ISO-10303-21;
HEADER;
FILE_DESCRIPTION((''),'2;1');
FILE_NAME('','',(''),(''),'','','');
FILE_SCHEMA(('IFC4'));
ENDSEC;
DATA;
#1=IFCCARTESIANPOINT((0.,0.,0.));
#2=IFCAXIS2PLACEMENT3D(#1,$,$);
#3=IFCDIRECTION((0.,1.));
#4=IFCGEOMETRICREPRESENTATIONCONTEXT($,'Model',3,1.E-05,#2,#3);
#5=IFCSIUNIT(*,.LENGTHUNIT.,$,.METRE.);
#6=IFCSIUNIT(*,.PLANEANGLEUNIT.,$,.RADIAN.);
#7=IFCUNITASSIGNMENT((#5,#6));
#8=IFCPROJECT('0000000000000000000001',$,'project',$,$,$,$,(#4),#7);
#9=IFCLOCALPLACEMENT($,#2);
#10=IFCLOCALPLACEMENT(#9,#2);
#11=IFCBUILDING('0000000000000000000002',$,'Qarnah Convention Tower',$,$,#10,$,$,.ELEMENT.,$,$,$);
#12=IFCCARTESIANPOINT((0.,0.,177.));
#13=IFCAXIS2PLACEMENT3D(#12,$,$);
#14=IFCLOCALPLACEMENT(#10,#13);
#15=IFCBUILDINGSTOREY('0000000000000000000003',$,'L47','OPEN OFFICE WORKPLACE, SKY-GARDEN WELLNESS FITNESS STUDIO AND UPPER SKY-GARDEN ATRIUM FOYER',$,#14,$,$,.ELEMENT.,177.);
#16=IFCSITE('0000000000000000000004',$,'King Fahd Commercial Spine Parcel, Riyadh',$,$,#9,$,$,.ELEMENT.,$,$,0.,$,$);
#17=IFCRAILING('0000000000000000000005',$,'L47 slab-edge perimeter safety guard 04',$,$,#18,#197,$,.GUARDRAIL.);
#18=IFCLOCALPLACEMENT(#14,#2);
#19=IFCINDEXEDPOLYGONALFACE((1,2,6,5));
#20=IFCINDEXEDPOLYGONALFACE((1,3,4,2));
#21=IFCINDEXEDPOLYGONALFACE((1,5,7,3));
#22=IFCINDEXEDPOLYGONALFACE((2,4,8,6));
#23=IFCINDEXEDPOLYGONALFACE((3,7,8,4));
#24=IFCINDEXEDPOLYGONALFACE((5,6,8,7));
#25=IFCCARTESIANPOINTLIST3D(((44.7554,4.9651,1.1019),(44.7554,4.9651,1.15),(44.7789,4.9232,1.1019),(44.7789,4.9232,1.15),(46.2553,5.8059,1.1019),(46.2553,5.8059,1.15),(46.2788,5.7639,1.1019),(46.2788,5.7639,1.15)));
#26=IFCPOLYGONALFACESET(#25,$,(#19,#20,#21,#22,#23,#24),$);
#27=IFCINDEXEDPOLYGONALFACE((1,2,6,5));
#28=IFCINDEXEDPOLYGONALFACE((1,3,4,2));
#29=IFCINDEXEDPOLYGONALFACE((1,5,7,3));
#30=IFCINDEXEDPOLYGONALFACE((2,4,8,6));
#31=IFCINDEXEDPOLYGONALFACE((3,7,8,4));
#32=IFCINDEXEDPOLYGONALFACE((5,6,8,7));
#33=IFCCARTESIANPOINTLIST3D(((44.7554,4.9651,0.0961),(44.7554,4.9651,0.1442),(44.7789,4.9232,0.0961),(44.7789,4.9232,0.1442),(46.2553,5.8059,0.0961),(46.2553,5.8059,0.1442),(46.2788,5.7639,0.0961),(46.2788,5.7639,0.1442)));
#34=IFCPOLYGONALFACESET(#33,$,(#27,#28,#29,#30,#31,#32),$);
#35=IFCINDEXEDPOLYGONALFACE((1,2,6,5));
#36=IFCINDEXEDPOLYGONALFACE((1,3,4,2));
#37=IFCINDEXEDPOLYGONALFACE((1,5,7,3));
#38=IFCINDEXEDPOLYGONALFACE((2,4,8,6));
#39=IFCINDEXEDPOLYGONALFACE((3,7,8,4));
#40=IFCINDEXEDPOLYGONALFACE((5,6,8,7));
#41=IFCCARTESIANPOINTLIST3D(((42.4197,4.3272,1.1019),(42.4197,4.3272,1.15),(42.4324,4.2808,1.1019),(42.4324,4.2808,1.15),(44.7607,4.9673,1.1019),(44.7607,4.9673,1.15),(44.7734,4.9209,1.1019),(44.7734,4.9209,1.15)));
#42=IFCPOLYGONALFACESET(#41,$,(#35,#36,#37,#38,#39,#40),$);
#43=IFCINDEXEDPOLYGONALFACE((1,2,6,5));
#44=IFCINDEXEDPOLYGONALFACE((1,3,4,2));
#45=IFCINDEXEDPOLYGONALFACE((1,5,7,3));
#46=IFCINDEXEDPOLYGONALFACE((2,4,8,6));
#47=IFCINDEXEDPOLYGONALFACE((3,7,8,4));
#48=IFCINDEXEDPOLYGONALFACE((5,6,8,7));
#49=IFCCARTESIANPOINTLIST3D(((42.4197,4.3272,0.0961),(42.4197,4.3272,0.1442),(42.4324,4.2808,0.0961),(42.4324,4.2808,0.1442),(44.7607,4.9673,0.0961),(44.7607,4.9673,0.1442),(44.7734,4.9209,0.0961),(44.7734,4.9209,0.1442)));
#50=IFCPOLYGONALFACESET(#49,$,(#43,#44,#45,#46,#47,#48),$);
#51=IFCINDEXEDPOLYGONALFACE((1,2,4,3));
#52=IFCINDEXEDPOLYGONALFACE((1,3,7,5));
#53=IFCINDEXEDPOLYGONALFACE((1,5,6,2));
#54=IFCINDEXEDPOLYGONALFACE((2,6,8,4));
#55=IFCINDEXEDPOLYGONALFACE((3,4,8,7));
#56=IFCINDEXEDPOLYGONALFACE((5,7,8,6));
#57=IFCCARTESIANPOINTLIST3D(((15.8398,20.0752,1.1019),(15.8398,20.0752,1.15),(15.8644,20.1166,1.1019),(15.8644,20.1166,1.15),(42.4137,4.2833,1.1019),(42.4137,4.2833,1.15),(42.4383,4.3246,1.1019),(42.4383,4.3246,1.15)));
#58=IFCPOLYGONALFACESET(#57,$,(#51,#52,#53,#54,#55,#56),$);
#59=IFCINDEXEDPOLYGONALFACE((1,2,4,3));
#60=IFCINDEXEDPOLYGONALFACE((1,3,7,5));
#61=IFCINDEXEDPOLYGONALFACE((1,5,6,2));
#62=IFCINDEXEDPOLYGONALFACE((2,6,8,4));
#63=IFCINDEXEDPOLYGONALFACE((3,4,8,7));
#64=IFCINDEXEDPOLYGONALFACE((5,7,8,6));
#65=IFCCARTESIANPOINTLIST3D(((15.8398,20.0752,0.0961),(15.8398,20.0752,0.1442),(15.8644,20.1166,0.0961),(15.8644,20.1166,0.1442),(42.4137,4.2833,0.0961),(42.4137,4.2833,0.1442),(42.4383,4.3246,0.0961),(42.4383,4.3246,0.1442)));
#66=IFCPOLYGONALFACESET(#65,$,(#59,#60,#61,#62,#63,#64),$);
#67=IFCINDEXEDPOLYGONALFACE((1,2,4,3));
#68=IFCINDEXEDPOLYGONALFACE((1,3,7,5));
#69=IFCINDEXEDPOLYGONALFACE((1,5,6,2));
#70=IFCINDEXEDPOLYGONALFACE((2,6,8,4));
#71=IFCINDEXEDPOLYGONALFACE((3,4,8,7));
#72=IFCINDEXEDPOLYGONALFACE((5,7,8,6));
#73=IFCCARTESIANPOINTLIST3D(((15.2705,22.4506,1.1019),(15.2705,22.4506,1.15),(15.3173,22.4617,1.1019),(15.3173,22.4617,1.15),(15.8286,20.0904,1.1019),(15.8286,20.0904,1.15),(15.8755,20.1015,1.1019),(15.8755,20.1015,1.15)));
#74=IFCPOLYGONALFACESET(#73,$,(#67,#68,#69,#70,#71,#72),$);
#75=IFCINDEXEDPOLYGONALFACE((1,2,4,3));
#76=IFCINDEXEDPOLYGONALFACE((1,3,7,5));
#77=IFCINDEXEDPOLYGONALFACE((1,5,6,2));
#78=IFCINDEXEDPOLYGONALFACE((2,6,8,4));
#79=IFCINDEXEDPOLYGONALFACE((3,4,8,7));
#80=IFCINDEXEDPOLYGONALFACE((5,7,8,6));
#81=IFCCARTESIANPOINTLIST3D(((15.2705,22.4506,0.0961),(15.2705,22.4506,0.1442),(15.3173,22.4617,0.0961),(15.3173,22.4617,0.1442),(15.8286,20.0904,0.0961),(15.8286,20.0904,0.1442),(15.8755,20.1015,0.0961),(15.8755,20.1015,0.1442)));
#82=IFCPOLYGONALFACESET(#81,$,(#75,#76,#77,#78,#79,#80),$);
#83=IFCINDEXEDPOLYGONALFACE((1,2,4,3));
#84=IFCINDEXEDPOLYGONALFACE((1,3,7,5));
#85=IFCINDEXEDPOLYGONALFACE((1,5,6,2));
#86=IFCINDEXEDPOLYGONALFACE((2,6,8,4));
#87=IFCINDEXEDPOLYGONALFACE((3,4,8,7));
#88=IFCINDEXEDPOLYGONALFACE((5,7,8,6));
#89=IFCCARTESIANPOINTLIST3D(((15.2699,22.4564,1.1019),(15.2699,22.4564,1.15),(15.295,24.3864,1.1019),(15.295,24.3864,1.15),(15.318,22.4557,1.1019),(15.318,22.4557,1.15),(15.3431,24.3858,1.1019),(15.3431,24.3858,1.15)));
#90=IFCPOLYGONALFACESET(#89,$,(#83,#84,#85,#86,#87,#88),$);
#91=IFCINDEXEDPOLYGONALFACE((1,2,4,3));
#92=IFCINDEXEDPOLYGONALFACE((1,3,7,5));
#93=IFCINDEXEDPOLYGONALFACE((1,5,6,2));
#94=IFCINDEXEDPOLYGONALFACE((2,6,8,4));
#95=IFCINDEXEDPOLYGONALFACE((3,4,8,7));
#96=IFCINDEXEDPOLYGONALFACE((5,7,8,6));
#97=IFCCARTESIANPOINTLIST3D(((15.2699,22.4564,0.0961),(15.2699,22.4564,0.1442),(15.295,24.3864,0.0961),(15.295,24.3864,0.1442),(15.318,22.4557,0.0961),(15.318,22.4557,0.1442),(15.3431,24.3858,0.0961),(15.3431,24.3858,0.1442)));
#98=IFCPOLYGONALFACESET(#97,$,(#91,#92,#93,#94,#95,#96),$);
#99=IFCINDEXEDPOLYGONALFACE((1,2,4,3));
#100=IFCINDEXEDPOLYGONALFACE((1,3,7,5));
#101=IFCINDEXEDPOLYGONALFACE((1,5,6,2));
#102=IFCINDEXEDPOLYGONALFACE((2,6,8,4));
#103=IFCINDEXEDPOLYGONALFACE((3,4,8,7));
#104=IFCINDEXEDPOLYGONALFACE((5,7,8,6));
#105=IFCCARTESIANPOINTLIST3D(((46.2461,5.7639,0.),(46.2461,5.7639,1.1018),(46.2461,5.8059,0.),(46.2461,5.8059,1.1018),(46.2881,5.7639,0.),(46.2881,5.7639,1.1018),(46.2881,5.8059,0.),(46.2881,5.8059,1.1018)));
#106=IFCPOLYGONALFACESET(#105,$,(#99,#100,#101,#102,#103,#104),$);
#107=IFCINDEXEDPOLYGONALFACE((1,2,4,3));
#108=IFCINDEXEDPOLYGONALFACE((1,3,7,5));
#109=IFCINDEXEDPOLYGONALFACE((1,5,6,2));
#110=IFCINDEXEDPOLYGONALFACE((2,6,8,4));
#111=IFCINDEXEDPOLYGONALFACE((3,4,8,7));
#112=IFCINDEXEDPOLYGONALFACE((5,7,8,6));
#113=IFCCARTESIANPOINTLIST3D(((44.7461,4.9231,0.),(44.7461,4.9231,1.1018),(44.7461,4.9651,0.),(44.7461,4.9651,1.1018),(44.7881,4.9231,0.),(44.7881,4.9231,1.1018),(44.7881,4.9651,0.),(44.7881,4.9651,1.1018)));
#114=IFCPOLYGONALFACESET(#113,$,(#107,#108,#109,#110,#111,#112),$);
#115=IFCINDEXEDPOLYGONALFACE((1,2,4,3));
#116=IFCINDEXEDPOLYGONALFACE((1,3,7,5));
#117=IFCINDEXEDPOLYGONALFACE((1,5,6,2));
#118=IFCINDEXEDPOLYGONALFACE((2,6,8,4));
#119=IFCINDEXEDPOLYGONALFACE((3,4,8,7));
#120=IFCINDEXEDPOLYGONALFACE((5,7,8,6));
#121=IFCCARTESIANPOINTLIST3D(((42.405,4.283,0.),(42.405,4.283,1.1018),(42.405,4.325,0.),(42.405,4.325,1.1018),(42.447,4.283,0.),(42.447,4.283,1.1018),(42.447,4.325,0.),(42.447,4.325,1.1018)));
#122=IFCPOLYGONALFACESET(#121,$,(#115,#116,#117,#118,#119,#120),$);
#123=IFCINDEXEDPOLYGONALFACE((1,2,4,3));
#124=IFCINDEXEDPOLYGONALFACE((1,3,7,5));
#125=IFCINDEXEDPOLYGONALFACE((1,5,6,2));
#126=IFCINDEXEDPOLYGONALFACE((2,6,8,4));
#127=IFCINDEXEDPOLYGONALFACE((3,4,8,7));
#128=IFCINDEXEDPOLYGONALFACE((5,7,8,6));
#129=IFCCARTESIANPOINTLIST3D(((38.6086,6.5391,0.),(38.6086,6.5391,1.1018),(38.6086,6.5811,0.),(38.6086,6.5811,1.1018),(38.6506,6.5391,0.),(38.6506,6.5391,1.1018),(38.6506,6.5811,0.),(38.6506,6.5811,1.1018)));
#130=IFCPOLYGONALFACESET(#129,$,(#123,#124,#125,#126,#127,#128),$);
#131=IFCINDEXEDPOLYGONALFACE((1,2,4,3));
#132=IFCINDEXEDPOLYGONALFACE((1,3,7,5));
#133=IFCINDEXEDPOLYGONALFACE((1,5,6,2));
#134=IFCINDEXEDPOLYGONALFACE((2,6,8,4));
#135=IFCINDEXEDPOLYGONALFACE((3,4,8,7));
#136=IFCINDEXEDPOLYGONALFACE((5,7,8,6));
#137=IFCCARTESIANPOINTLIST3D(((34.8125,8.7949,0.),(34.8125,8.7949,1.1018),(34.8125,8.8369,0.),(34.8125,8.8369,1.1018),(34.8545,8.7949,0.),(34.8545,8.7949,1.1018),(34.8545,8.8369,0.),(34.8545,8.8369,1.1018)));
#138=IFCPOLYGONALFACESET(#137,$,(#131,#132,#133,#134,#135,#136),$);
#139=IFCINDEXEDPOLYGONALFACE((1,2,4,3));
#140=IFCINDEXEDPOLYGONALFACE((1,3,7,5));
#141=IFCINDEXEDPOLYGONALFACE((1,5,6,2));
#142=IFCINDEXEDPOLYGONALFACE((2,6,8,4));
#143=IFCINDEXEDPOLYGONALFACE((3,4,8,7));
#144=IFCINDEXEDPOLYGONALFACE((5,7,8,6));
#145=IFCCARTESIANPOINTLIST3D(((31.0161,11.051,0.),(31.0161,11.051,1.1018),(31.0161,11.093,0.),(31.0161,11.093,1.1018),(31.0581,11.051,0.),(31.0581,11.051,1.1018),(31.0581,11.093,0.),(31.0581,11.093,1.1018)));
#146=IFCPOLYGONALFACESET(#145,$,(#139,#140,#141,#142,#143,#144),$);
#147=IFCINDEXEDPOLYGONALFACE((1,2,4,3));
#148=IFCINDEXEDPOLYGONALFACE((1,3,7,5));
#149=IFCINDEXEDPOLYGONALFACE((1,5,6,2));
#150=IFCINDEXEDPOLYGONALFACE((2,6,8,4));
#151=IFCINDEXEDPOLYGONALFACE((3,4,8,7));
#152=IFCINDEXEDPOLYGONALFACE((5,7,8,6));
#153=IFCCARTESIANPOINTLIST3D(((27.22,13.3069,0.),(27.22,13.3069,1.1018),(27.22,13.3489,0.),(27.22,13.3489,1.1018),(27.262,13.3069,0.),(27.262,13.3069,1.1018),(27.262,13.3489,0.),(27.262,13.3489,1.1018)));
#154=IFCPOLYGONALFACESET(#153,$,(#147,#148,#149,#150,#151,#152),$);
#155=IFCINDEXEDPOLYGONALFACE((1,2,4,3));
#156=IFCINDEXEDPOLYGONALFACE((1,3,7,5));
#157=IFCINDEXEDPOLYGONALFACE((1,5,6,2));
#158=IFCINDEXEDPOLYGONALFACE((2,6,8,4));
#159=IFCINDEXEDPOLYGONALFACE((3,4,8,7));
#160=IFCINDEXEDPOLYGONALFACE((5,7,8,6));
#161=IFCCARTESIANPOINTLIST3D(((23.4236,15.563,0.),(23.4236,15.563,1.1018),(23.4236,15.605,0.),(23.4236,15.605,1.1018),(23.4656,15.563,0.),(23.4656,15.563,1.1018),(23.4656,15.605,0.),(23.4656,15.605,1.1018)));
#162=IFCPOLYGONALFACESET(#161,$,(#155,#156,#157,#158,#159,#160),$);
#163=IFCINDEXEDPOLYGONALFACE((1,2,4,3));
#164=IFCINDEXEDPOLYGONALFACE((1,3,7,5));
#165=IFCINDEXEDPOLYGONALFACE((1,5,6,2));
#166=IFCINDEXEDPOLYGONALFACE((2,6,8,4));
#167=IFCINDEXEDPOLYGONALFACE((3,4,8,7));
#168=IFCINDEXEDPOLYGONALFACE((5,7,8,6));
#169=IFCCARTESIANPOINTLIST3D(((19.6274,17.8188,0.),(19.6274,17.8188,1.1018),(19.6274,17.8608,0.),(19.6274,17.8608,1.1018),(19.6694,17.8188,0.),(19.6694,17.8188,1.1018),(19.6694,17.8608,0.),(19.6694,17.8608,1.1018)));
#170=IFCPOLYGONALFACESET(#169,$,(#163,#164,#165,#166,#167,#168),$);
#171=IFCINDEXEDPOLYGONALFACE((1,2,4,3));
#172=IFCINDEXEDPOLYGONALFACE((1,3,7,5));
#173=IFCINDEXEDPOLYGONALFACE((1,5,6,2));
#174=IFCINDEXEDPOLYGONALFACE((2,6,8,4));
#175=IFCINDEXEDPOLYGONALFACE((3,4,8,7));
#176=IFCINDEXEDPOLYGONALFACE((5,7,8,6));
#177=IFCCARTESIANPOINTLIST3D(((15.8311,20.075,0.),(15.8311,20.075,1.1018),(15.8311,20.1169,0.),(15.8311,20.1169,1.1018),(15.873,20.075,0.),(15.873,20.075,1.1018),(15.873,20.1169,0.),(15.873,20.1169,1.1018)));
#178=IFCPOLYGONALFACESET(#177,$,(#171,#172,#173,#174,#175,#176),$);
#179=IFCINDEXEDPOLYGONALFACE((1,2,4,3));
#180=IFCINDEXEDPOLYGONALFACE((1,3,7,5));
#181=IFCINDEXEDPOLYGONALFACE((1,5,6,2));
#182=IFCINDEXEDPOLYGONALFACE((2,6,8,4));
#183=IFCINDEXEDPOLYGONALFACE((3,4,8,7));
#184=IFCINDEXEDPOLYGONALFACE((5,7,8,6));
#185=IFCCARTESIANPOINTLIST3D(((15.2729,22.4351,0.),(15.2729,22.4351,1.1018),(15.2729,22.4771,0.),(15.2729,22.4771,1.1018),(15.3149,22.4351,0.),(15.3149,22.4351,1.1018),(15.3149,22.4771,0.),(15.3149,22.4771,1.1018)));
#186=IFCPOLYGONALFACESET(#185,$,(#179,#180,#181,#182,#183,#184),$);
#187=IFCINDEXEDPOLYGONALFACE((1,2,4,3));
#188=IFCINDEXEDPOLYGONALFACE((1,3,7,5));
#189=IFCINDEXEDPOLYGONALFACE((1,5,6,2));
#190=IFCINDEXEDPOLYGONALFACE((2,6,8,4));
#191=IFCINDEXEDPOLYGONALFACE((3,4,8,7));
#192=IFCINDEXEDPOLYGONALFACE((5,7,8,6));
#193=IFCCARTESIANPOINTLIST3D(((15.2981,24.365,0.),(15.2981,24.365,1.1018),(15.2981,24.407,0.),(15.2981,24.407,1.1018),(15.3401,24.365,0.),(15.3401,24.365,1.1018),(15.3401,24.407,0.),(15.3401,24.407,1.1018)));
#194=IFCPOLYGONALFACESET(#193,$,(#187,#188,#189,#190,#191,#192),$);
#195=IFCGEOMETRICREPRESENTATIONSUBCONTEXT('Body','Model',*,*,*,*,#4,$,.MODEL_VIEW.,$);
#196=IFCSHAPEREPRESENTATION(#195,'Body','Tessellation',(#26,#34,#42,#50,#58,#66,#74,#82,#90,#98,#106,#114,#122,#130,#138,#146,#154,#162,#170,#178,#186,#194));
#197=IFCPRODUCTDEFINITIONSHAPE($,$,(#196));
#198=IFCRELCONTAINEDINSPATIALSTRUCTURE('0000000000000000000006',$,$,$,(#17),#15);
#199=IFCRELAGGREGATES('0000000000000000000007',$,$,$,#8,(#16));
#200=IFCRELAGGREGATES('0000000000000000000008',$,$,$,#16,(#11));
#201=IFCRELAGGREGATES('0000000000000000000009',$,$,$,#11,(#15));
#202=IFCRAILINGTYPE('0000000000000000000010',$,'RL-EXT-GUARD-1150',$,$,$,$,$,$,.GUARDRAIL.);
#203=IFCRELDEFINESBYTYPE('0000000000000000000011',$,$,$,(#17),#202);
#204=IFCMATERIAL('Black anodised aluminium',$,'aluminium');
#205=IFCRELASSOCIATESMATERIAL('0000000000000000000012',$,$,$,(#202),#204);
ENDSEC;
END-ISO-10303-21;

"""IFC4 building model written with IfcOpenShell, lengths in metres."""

from ifc_helpers import new_model, si_unit, direction, frame, origin, origin_2d, place, context, subcontext, project, spatial, rectangle, extrude, material, type_object, element, save


model = new_model("IFC4")

# Units and contexts
model_context = context("Model", 3, precision=1e-05, world=origin(), true_north=direction((0.0, 1.0)))
body_context = subcontext(model_context, "Body", "Model", "MODEL_VIEW")
ifc_project = project(units=[si_unit("LENGTHUNIT", "METRE"), si_unit("PLANEANGLEUNIT", "RADIAN")], contexts=[model_context])

# Site, building, storey
site_placement = place(None, origin())
site = spatial("IfcSite", under=ifc_project, at=site_placement, Name="King Fahd Commercial Spine Parcel, Riyadh", CompositionType="ELEMENT", RefElevation=0.0)
building_placement = place(site_placement, origin())
building = spatial("IfcBuilding", under=site, at=building_placement, Name="Qarnah Convention Tower", CompositionType="ELEMENT")
storey_placement = place(building_placement, frame((0.0, 0.0, 177.0)))
storey = spatial("IfcBuildingStorey", under=building, at=storey_placement, Name="L47", Description="OPEN OFFICE WORKPLACE, SKY-GARDEN WELLNESS FITNESS STUDIO AND UPPER SKY-GARDEN ATRIUM FOYER", CompositionType="ELEMENT", Elevation=177.0)

# Shared definitions
ifc_material_1 = material(Name="Black anodised aluminium", Category="aluminium")

# Railing
railing_type = type_object("IfcRailingType", Name="RL-EXT-GUARD-1150", PredefinedType="GUARDRAIL", material=ifc_material_1)
railing_1_placement = place(storey_placement, frame((46.2671, 5.7849, 0.0)))
element("IfcRailing", 1, at=railing_1_placement, inside=storey, type_object=railing_type, Name="L47 slab-edge perimeter safety guard 04", PredefinedType="GUARDRAIL", context=body_context, shape_type="SweptSolid", body=[
    extrude(rectangle(XDim=0.0481, YDim=0.0481, at=origin_2d()), frame((0.0, 0.0, 1.126), z_axis=(-0.872303, -0.488966, 0.0), x_axis=(0.488966, -0.872303, 0.0)), (0.0, 0.0, 1.0), 1.7195),
    extrude(rectangle(XDim=0.0481, YDim=0.0481, at=origin_2d()), frame((0.0, 0.0, 0.1201), z_axis=(-0.872303, -0.488966, 0.0), x_axis=(0.488966, -0.872303, 0.0)), (0.0, 0.0, 1.0), 1.7195),
    extrude(rectangle(XDim=0.0481, YDim=0.0481, at=origin_2d()), frame((-1.5, -0.8408, 1.126), z_axis=(-0.96459, -0.263756, 0.0), x_axis=(0.263756, -0.96459, 0.0)), (0.0, 0.0, 1.0), 2.427),
    extrude(rectangle(XDim=0.0481, YDim=0.0481, at=origin_2d()), frame((-1.5, -0.8408, 0.1201), z_axis=(-0.96459, -0.263756, 0.0), x_axis=(0.263756, -0.96459, 0.0)), (0.0, 0.0, 1.0), 2.427),
    extrude(rectangle(XDim=0.0481, YDim=0.0481, at=origin_2d()), frame((-3.8411, -1.481, 1.126), z_axis=(-0.85966, 0.510866, 0.0), x_axis=(-0.510866, -0.85966, 0.0)), (0.0, 0.0, 1.0), 30.9121),
    extrude(rectangle(XDim=0.0481, YDim=0.0481, at=origin_2d()), frame((-3.8411, -1.481, 0.1201), z_axis=(-0.85966, 0.510866, 0.0), x_axis=(-0.510866, -0.85966, 0.0)), (0.0, 0.0, 1.0), 30.9121),
    extrude(rectangle(XDim=0.0481, YDim=0.0481, at=origin_2d()), frame((-30.415, 14.311, 1.126), z_axis=(-0.230128, 0.97316, 0.0), x_axis=(-0.97316, -0.230128, 0.0)), (0.0, 0.0, 1.0), 2.4253),
    extrude(rectangle(XDim=0.0481, YDim=0.0481, at=origin_2d()), frame((-30.415, 14.311, 0.1201), z_axis=(-0.230128, 0.97316, 0.0), x_axis=(-0.97316, -0.230128, 0.0)), (0.0, 0.0, 1.0), 2.4253),
    extrude(rectangle(XDim=0.0481, YDim=0.0481, at=origin_2d()), frame((-30.9731, 16.6711, 1.126), z_axis=(0.013029, 0.999915, 0.0), x_axis=(-0.999915, 0.013029, 0.0)), (0.0, 0.0, 1.0), 1.9302),
    extrude(rectangle(XDim=0.0481, YDim=0.0481, at=origin_2d()), frame((-30.9731, 16.6711, 0.1201), z_axis=(0.013029, 0.999915, 0.0), x_axis=(-0.999915, 0.013029, 0.0)), (0.0, 0.0, 1.0), 1.9302),
    extrude(rectangle(XDim=0.042, YDim=0.042, at=origin_2d()), origin(), (0.0, 0.0, 1.0), 1.1018),
    extrude(rectangle(XDim=0.042, YDim=0.042, at=origin_2d()), frame((-1.5, -0.8408, 0.0)), (0.0, 0.0, 1.0), 1.1018),
    extrude(rectangle(XDim=0.042, YDim=0.042, at=origin_2d()), frame((-3.8411, -1.481, 0.0)), (0.0, 0.0, 1.0), 1.1018),
    extrude(rectangle(XDim=0.042, YDim=0.042, at=origin_2d()), frame((-7.6375, 0.7751, 0.0)), (0.0, 0.0, 1.0), 1.1018),
    extrude(rectangle(XDim=0.042, YDim=0.042, at=origin_2d()), frame((-11.4336, 3.031, 0.0)), (0.0, 0.0, 1.0), 1.1018),
    extrude(rectangle(XDim=0.042, YDim=0.042, at=origin_2d()), frame((-15.23, 5.2871, 0.0)), (0.0, 0.0, 1.0), 1.1018),
    extrude(rectangle(XDim=0.042, YDim=0.042, at=origin_2d()), frame((-19.0261, 7.543, 0.0)), (0.0, 0.0, 1.0), 1.1018),
    extrude(rectangle(XDim=0.042, YDim=0.042, at=origin_2d()), frame((-22.8225, 9.7991, 0.0)), (0.0, 0.0, 1.0), 1.1018),
    extrude(rectangle(XDim=0.042, YDim=0.042, at=origin_2d()), frame((-26.6187, 12.0549, 0.0)), (0.0, 0.0, 1.0), 1.1018),
    extrude(rectangle(XDim=0.042, YDim=0.042, at=origin_2d()), frame((-30.415, 14.311, 0.0)), (0.0, 0.0, 1.0), 1.1018),
    extrude(rectangle(XDim=0.042, YDim=0.042, at=origin_2d()), frame((-30.9731, 16.6711, 0.0)), (0.0, 0.0, 1.0), 1.1018),
    extrude(rectangle(XDim=0.042, YDim=0.042, at=origin_2d()), frame((-30.948, 18.6011, 0.0)), (0.0, 0.0, 1.0), 1.1018),
])

save(model, "model.ifc")
